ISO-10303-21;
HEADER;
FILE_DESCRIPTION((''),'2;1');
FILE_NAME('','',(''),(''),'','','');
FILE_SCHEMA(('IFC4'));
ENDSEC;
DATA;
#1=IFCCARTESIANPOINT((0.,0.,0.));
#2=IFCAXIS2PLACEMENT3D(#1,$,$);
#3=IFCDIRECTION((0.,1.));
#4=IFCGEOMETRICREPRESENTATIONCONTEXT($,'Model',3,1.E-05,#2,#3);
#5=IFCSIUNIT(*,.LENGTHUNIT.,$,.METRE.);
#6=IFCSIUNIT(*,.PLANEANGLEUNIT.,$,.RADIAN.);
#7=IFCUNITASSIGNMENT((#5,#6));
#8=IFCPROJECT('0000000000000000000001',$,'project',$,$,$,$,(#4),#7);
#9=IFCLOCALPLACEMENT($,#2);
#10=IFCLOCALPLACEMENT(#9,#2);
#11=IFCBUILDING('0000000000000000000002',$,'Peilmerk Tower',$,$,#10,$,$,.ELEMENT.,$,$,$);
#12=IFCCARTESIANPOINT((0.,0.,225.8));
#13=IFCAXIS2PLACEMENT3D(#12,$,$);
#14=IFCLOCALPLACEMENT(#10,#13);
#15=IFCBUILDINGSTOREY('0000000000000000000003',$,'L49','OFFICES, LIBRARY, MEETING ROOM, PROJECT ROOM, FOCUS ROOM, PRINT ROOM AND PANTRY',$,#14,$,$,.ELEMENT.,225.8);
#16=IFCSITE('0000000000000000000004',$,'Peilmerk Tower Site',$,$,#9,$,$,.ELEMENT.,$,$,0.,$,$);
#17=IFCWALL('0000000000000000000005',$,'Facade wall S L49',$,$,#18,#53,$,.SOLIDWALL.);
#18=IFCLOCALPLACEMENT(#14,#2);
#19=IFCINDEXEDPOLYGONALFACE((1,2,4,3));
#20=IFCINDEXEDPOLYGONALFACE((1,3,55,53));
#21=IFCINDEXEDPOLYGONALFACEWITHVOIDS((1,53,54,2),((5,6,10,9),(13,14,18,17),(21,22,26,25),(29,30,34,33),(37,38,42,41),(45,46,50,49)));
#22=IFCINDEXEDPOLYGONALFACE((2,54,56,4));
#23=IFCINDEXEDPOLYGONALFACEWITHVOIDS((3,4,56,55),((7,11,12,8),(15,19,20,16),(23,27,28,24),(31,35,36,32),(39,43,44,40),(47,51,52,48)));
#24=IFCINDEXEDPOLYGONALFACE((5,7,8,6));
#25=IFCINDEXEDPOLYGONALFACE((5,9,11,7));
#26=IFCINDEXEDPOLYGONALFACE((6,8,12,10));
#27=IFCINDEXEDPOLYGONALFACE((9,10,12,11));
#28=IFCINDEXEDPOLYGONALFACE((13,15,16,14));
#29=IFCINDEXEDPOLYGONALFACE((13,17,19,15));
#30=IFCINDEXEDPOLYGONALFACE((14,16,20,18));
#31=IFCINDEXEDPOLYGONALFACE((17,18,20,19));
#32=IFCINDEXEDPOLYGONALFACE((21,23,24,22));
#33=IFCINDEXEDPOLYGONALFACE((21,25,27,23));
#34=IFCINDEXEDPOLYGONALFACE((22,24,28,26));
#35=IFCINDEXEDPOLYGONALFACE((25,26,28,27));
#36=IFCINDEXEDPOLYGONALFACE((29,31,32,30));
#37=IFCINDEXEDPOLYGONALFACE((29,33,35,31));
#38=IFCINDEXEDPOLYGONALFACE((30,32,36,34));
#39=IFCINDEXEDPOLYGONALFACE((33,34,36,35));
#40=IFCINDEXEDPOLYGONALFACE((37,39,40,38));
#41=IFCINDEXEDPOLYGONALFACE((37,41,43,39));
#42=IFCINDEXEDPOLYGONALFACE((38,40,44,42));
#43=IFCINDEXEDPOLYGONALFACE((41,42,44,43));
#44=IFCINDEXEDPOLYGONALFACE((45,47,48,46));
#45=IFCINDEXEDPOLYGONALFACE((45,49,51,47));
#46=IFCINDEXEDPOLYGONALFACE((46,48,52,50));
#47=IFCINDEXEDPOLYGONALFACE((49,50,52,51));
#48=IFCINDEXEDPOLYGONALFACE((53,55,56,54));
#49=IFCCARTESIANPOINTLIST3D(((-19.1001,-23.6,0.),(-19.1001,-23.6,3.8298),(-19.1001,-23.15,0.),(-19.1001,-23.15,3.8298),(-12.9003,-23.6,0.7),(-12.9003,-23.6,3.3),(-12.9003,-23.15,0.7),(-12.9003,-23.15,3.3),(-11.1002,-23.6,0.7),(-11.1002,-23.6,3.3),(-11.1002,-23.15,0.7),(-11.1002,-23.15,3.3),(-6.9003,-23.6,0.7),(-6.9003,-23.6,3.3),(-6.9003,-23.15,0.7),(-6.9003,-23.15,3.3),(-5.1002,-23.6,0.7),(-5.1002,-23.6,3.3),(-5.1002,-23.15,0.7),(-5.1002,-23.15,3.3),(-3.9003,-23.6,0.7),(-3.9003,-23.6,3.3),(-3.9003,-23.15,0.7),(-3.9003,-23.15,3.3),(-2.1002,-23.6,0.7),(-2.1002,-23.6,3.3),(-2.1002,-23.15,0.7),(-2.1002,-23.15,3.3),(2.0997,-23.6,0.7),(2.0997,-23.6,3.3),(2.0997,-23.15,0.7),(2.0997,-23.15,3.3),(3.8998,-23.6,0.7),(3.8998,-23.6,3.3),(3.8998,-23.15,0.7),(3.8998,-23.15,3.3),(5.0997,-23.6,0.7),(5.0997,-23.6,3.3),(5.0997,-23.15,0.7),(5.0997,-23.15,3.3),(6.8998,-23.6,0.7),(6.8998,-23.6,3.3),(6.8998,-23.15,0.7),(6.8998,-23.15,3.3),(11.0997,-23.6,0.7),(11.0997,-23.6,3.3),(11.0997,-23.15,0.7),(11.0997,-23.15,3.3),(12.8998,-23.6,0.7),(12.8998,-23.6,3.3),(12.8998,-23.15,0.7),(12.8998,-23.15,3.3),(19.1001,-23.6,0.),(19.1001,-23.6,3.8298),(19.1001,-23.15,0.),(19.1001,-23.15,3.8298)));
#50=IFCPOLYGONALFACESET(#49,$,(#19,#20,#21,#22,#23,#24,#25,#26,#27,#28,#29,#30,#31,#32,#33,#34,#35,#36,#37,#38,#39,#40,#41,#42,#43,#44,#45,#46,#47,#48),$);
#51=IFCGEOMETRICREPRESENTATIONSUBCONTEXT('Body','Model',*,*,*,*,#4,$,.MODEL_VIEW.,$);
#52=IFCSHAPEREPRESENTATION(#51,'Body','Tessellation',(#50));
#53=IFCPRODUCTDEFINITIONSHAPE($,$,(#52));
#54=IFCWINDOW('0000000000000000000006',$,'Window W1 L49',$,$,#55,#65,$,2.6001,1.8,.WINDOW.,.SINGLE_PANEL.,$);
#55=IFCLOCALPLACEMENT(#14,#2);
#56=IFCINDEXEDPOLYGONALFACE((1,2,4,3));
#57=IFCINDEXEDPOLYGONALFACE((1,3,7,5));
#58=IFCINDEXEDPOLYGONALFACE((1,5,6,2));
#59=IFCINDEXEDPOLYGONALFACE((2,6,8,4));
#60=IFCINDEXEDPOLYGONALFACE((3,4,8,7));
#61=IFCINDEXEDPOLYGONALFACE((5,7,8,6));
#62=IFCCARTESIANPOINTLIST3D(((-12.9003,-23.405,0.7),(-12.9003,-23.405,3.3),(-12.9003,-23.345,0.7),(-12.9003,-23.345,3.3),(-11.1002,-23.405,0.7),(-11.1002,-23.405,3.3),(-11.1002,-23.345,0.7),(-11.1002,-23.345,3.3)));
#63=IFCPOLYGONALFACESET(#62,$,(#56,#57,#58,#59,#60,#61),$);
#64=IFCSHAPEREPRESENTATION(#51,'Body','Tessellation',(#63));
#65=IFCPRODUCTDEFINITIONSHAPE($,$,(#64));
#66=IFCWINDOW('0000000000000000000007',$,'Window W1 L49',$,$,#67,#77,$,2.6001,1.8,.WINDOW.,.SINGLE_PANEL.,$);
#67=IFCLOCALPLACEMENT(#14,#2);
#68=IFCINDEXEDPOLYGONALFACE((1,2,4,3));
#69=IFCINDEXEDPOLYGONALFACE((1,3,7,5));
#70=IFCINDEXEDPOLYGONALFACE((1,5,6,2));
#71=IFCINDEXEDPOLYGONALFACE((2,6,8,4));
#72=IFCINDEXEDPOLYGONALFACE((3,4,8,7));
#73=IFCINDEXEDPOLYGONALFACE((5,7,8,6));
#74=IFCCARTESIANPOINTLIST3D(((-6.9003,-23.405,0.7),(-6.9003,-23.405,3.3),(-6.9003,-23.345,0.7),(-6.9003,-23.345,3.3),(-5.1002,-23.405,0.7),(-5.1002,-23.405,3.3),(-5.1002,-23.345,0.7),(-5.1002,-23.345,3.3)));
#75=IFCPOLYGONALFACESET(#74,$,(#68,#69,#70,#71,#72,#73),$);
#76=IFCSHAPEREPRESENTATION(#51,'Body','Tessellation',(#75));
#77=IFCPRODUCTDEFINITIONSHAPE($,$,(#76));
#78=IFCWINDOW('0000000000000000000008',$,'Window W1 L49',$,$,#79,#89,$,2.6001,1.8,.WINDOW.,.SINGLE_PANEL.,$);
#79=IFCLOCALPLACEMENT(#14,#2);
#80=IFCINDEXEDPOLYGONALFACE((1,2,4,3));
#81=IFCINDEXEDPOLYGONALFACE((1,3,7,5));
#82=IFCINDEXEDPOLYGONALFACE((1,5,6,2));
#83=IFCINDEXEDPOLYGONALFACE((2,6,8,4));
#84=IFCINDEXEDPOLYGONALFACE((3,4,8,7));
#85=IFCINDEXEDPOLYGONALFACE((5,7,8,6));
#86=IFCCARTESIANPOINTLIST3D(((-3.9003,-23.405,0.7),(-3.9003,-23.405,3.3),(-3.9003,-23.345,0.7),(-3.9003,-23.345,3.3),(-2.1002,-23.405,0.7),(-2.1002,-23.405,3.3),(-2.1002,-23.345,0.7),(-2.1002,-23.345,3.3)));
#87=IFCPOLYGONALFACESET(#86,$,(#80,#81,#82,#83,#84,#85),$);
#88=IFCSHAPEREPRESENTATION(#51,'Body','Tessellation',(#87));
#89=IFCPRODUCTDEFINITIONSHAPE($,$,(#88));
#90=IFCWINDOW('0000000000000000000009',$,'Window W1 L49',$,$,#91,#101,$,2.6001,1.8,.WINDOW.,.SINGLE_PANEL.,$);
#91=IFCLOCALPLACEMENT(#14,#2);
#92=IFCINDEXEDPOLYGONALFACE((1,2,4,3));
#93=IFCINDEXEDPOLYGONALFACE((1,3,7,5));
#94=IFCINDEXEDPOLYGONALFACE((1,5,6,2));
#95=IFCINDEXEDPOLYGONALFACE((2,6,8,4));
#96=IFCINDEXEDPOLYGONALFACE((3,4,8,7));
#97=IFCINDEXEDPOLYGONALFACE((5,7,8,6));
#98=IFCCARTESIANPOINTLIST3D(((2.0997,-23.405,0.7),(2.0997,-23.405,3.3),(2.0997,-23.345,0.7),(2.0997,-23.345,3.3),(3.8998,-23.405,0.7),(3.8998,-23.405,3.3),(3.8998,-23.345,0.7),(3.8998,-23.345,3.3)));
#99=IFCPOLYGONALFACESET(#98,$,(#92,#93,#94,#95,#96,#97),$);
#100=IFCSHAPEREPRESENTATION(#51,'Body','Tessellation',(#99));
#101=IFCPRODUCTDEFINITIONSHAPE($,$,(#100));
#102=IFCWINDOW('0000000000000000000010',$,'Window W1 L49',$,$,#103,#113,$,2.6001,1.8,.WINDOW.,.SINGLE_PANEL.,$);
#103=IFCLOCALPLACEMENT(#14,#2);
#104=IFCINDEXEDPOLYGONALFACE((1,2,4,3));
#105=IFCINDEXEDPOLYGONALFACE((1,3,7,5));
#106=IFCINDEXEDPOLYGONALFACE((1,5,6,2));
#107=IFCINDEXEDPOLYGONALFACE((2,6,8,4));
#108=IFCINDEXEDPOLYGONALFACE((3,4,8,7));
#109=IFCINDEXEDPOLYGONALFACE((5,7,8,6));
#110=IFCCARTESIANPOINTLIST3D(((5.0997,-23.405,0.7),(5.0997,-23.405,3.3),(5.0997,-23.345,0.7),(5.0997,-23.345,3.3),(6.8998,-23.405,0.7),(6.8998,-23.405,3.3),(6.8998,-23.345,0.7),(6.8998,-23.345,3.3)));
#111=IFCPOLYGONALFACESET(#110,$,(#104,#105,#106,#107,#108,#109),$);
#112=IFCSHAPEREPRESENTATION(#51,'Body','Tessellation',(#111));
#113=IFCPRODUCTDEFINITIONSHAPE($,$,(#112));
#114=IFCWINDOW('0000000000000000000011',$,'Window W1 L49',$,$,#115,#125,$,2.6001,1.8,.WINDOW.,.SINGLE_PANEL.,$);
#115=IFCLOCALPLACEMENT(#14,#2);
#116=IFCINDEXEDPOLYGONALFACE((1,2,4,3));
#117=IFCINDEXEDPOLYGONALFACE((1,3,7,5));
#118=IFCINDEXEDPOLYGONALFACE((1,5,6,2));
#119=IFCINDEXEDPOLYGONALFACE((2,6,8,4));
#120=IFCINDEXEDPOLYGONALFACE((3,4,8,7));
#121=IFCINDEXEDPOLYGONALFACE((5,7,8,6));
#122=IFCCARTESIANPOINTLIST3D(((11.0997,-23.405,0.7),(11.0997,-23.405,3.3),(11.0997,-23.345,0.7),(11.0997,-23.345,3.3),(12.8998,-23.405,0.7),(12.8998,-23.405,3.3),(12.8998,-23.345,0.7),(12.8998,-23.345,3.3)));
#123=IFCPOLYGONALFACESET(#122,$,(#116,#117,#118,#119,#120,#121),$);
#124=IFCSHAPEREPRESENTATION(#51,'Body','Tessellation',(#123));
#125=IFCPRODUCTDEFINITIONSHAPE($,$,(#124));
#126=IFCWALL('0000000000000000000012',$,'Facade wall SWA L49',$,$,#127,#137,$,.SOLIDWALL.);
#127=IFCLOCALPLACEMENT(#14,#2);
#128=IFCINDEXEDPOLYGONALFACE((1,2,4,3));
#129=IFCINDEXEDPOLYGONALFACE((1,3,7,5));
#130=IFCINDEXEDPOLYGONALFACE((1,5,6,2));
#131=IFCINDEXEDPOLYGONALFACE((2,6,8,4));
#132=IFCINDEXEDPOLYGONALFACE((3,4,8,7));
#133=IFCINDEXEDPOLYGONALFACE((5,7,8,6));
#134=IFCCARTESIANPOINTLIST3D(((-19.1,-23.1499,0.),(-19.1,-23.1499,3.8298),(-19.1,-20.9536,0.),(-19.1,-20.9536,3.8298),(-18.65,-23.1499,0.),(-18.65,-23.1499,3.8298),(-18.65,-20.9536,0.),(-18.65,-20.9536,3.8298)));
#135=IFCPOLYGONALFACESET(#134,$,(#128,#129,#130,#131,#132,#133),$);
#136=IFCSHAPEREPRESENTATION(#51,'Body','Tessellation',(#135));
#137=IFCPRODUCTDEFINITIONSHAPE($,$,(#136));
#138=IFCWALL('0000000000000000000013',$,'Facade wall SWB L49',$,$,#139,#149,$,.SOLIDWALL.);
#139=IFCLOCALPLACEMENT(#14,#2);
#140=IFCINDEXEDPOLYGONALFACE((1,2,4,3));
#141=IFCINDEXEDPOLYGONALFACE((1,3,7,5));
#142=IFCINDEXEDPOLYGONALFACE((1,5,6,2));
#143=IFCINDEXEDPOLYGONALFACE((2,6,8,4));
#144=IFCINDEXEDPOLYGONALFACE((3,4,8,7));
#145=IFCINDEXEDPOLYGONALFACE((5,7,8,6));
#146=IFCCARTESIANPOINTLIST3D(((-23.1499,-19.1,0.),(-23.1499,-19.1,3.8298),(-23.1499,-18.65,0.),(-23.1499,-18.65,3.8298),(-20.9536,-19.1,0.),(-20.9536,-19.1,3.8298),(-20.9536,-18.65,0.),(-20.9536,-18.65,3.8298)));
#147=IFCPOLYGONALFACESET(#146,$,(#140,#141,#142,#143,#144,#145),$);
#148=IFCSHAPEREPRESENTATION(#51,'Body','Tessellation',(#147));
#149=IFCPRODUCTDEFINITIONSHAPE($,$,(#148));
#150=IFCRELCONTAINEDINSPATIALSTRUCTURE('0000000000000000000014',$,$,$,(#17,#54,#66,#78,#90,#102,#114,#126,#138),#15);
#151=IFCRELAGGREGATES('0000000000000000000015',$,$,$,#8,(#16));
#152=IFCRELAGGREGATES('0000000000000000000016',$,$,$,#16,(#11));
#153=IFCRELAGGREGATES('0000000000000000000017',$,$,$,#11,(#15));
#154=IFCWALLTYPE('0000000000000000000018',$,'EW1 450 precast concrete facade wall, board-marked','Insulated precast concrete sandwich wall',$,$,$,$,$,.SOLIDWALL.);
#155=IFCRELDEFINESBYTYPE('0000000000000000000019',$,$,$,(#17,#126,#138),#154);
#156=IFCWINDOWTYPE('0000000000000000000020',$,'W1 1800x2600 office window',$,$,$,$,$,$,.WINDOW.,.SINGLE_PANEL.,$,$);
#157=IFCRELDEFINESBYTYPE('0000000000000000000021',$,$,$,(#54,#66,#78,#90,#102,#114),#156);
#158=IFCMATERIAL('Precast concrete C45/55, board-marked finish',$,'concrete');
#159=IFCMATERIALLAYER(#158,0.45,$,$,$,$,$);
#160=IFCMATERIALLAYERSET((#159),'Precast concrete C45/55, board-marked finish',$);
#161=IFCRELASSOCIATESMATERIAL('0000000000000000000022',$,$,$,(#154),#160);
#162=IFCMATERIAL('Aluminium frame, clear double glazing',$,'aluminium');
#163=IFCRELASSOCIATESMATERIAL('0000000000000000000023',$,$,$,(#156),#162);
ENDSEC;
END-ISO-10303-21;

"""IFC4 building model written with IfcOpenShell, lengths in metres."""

from ifc_helpers import new_model, si_unit, direction, frame, frame_2d, origin, place, context, subcontext, project, spatial, rectangle, extrude, material, layer, layer_set, type_object, element, fill, save


model = new_model("IFC4")

# Units and contexts
model_context = context("Model", 3, precision=1e-05, world=origin(), true_north=direction((0.0, 1.0)))
body_context = subcontext(model_context, "Body", "Model", "MODEL_VIEW")
ifc_project = project(units=[si_unit("LENGTHUNIT", "METRE"), si_unit("PLANEANGLEUNIT", "RADIAN")], contexts=[model_context])

# Site, building, storey
site_placement = place(None, origin())
site = spatial("IfcSite", under=ifc_project, at=site_placement, Name="Peilmerk Tower Site", CompositionType="ELEMENT", RefElevation=0.0)
building_placement = place(site_placement, origin())
building = spatial("IfcBuilding", under=site, at=building_placement, Name="Peilmerk Tower", CompositionType="ELEMENT")
storey_placement = place(building_placement, frame((0.0, 0.0, 225.8)))
storey = spatial("IfcBuildingStorey", under=building, at=storey_placement, Name="L49", Description="OFFICES, LIBRARY, MEETING ROOM, PROJECT ROOM, FOCUS ROOM, PRINT ROOM AND PANTRY", CompositionType="ELEMENT", Elevation=225.8)

# Wall, openings, windows
ifc_material_1 = material(Name="Precast concrete C45/55, board-marked finish", Category="concrete")
ifc_layer_1 = layer(ifc_material_1, 0.45)
ifc_layer_set_1 = layer_set([ifc_layer_1], Name="Precast concrete C45/55, board-marked finish")
wall_type = type_object("IfcWallType", Name="EW1 450 precast concrete facade wall, board-marked", Description="Insulated precast concrete sandwich wall", PredefinedType="SOLIDWALL", material=ifc_layer_set_1)
wall_placement = place(storey_placement, frame((-19.1001, -23.375, 0.0), z_axis=(0.0, 0.0, 1.0), x_axis=(1.0, 0.0, 0.0)))
wall = element("IfcWall", 1, at=wall_placement, inside=storey, type_object=wall_type, Name="Facade wall S L49", PredefinedType="SOLIDWALL", context=body_context, shape_type="SweptSolid", body=[
    extrude(rectangle(XDim=38.2002, YDim=0.45, at=frame_2d((19.1001, 0.0))), origin(), (0.0, 0.0, 1.0), 3.8298),
])
opening_1_placement = place(wall_placement, frame((6.2, 0.0, 0.7)))
opening_1 = element("IfcOpeningElement", 2, at=opening_1_placement, cuts=wall, PredefinedType="OPENING", context=body_context, shape_type="SweptSolid", body=[
    extrude(rectangle(XDim=1.8, YDim=2.6001, at=frame_2d((0.8999, 1.3))), frame((0.0, 0.2349, 0.0), z_axis=(0.0, -1.0, 0.0), x_axis=(1.0, 0.0, 0.0)), (0.0, 0.0, 1.0), 0.47),
])
opening_2_placement = place(wall_placement, frame((12.2, 0.0, 0.7)))
opening_2 = element("IfcOpeningElement", 3, at=opening_2_placement, cuts=wall, PredefinedType="OPENING", context=body_context, shape_type="SweptSolid", body=[
    extrude(rectangle(XDim=1.8, YDim=2.6001, at=frame_2d((0.8999, 1.3))), frame((0.0, 0.2349, 0.0), z_axis=(0.0, -1.0, 0.0), x_axis=(1.0, 0.0, 0.0)), (0.0, 0.0, 1.0), 0.47),
])
opening_3_placement = place(wall_placement, frame((15.2, 0.0, 0.7)))
opening_3 = element("IfcOpeningElement", 4, at=opening_3_placement, cuts=wall, PredefinedType="OPENING", context=body_context, shape_type="SweptSolid", body=[
    extrude(rectangle(XDim=1.8, YDim=2.6001, at=frame_2d((0.8999, 1.3))), frame((0.0, 0.2349, 0.0), z_axis=(0.0, -1.0, 0.0), x_axis=(1.0, 0.0, 0.0)), (0.0, 0.0, 1.0), 0.47),
])
opening_4_placement = place(wall_placement, frame((21.2, 0.0, 0.7)))
opening_4 = element("IfcOpeningElement", 5, at=opening_4_placement, cuts=wall, PredefinedType="OPENING", context=body_context, shape_type="SweptSolid", body=[
    extrude(rectangle(XDim=1.8, YDim=2.6001, at=frame_2d((0.8999, 1.3))), frame((0.0, 0.2349, 0.0), z_axis=(0.0, -1.0, 0.0), x_axis=(1.0, 0.0, 0.0)), (0.0, 0.0, 1.0), 0.47),
])
opening_5_placement = place(wall_placement, frame((24.2, 0.0, 0.7)))
opening_5 = element("IfcOpeningElement", 6, at=opening_5_placement, cuts=wall, PredefinedType="OPENING", context=body_context, shape_type="SweptSolid", body=[
    extrude(rectangle(XDim=1.8, YDim=2.6001, at=frame_2d((0.8999, 1.3))), frame((0.0, 0.2349, 0.0), z_axis=(0.0, -1.0, 0.0), x_axis=(1.0, 0.0, 0.0)), (0.0, 0.0, 1.0), 0.47),
])
opening_6_placement = place(wall_placement, frame((30.2, 0.0, 0.7)))
opening_6 = element("IfcOpeningElement", 7, at=opening_6_placement, cuts=wall, PredefinedType="OPENING", context=body_context, shape_type="SweptSolid", body=[
    extrude(rectangle(XDim=1.8, YDim=2.6001, at=frame_2d((0.8999, 1.3))), frame((0.0, 0.2349, 0.0), z_axis=(0.0, -1.0, 0.0), x_axis=(1.0, 0.0, 0.0)), (0.0, 0.0, 1.0), 0.47),
])
ifc_material_2 = material(Name="Aluminium frame, clear double glazing", Category="aluminium")
window_type = type_object("IfcWindowType", Name="W1 1800x2600 office window", PartitioningType="SINGLE_PANEL", PredefinedType="WINDOW", material=ifc_material_2)
window_1_placement = place(opening_1_placement, origin())
window_1 = element("IfcWindow", 8, at=window_1_placement, inside=storey, type_object=window_type, Name="Window W1 L49", OverallHeight=2.6001, OverallWidth=1.8, PartitioningType="SINGLE_PANEL", PredefinedType="WINDOW", context=body_context, shape_type="SweptSolid", body=[
    extrude(rectangle(XDim=1.8, YDim=2.6001, at=frame_2d((0.8999, 1.3))), frame((0.0, 0.03, 0.0), z_axis=(0.0, -1.0, 0.0), x_axis=(1.0, 0.0, 0.0)), (0.0, 0.0, 1.0), 0.0601),
])
fill(opening_1, window_1)
window_2_placement = place(opening_2_placement, origin())
window_2 = element("IfcWindow", 9, at=window_2_placement, inside=storey, type_object=window_type, Name="Window W1 L49", OverallHeight=2.6001, OverallWidth=1.8, PartitioningType="SINGLE_PANEL", PredefinedType="WINDOW", context=body_context, shape_type="SweptSolid", body=[
    extrude(rectangle(XDim=1.8, YDim=2.6001, at=frame_2d((0.8999, 1.3))), frame((0.0, 0.03, 0.0), z_axis=(0.0, -1.0, 0.0), x_axis=(1.0, 0.0, 0.0)), (0.0, 0.0, 1.0), 0.0601),
])
fill(opening_2, window_2)
window_3_placement = place(opening_3_placement, origin())
window_3 = element("IfcWindow", 10, at=window_3_placement, inside=storey, type_object=window_type, Name="Window W1 L49", OverallHeight=2.6001, OverallWidth=1.8, PartitioningType="SINGLE_PANEL", PredefinedType="WINDOW", context=body_context, shape_type="SweptSolid", body=[
    extrude(rectangle(XDim=1.8, YDim=2.6001, at=frame_2d((0.8999, 1.3))), frame((0.0, 0.03, 0.0), z_axis=(0.0, -1.0, 0.0), x_axis=(1.0, 0.0, 0.0)), (0.0, 0.0, 1.0), 0.0601),
])
fill(opening_3, window_3)
window_4_placement = place(opening_4_placement, origin())
window_4 = element("IfcWindow", 11, at=window_4_placement, inside=storey, type_object=window_type, Name="Window W1 L49", OverallHeight=2.6001, OverallWidth=1.8, PartitioningType="SINGLE_PANEL", PredefinedType="WINDOW", context=body_context, shape_type="SweptSolid", body=[
    extrude(rectangle(XDim=1.8, YDim=2.6001, at=frame_2d((0.8999, 1.3))), frame((0.0, 0.03, 0.0), z_axis=(0.0, -1.0, 0.0), x_axis=(1.0, 0.0, 0.0)), (0.0, 0.0, 1.0), 0.0601),
])
fill(opening_4, window_4)
window_5_placement = place(opening_5_placement, origin())
window_5 = element("IfcWindow", 12, at=window_5_placement, inside=storey, type_object=window_type, Name="Window W1 L49", OverallHeight=2.6001, OverallWidth=1.8, PartitioningType="SINGLE_PANEL", PredefinedType="WINDOW", context=body_context, shape_type="SweptSolid", body=[
    extrude(rectangle(XDim=1.8, YDim=2.6001, at=frame_2d((0.8999, 1.3))), frame((0.0, 0.03, 0.0), z_axis=(0.0, -1.0, 0.0), x_axis=(1.0, 0.0, 0.0)), (0.0, 0.0, 1.0), 0.0601),
])
fill(opening_5, window_5)
window_6_placement = place(opening_6_placement, origin())
window_6 = element("IfcWindow", 13, at=window_6_placement, inside=storey, type_object=window_type, Name="Window W1 L49", OverallHeight=2.6001, OverallWidth=1.8, PartitioningType="SINGLE_PANEL", PredefinedType="WINDOW", context=body_context, shape_type="SweptSolid", body=[
    extrude(rectangle(XDim=1.8, YDim=2.6001, at=frame_2d((0.8999, 1.3))), frame((0.0, 0.03, 0.0), z_axis=(0.0, -1.0, 0.0), x_axis=(1.0, 0.0, 0.0)), (0.0, 0.0, 1.0), 0.0601),
])
fill(opening_6, window_6)

# Walls
for number, where, z_axis, x_axis, name in (
    (14, (-18.875, -20.9536, 0.0), (0.0, 0.0, 1.0), (0.0, -1.0, 0.0), "Facade wall SWA L49"),
    (15, (-20.9536, -18.875, 0.0), (0.0, 0.0, 1.0), (-1.0, 0.0, 0.0), "Facade wall SWB L49"),
):
    element("IfcWall", number, at=place(storey_placement, frame(where, z_axis=z_axis, x_axis=x_axis)), inside=storey, type_object=wall_type, Name=name, PredefinedType="SOLIDWALL", context=body_context, shape_type="SweptSolid", body=[
        extrude(rectangle(XDim=2.1963, YDim=0.45, at=frame_2d((1.0981, 0.0))), origin(), (0.0, 0.0, 1.0), 3.8298),
    ])

save(model, "model.ifc")
